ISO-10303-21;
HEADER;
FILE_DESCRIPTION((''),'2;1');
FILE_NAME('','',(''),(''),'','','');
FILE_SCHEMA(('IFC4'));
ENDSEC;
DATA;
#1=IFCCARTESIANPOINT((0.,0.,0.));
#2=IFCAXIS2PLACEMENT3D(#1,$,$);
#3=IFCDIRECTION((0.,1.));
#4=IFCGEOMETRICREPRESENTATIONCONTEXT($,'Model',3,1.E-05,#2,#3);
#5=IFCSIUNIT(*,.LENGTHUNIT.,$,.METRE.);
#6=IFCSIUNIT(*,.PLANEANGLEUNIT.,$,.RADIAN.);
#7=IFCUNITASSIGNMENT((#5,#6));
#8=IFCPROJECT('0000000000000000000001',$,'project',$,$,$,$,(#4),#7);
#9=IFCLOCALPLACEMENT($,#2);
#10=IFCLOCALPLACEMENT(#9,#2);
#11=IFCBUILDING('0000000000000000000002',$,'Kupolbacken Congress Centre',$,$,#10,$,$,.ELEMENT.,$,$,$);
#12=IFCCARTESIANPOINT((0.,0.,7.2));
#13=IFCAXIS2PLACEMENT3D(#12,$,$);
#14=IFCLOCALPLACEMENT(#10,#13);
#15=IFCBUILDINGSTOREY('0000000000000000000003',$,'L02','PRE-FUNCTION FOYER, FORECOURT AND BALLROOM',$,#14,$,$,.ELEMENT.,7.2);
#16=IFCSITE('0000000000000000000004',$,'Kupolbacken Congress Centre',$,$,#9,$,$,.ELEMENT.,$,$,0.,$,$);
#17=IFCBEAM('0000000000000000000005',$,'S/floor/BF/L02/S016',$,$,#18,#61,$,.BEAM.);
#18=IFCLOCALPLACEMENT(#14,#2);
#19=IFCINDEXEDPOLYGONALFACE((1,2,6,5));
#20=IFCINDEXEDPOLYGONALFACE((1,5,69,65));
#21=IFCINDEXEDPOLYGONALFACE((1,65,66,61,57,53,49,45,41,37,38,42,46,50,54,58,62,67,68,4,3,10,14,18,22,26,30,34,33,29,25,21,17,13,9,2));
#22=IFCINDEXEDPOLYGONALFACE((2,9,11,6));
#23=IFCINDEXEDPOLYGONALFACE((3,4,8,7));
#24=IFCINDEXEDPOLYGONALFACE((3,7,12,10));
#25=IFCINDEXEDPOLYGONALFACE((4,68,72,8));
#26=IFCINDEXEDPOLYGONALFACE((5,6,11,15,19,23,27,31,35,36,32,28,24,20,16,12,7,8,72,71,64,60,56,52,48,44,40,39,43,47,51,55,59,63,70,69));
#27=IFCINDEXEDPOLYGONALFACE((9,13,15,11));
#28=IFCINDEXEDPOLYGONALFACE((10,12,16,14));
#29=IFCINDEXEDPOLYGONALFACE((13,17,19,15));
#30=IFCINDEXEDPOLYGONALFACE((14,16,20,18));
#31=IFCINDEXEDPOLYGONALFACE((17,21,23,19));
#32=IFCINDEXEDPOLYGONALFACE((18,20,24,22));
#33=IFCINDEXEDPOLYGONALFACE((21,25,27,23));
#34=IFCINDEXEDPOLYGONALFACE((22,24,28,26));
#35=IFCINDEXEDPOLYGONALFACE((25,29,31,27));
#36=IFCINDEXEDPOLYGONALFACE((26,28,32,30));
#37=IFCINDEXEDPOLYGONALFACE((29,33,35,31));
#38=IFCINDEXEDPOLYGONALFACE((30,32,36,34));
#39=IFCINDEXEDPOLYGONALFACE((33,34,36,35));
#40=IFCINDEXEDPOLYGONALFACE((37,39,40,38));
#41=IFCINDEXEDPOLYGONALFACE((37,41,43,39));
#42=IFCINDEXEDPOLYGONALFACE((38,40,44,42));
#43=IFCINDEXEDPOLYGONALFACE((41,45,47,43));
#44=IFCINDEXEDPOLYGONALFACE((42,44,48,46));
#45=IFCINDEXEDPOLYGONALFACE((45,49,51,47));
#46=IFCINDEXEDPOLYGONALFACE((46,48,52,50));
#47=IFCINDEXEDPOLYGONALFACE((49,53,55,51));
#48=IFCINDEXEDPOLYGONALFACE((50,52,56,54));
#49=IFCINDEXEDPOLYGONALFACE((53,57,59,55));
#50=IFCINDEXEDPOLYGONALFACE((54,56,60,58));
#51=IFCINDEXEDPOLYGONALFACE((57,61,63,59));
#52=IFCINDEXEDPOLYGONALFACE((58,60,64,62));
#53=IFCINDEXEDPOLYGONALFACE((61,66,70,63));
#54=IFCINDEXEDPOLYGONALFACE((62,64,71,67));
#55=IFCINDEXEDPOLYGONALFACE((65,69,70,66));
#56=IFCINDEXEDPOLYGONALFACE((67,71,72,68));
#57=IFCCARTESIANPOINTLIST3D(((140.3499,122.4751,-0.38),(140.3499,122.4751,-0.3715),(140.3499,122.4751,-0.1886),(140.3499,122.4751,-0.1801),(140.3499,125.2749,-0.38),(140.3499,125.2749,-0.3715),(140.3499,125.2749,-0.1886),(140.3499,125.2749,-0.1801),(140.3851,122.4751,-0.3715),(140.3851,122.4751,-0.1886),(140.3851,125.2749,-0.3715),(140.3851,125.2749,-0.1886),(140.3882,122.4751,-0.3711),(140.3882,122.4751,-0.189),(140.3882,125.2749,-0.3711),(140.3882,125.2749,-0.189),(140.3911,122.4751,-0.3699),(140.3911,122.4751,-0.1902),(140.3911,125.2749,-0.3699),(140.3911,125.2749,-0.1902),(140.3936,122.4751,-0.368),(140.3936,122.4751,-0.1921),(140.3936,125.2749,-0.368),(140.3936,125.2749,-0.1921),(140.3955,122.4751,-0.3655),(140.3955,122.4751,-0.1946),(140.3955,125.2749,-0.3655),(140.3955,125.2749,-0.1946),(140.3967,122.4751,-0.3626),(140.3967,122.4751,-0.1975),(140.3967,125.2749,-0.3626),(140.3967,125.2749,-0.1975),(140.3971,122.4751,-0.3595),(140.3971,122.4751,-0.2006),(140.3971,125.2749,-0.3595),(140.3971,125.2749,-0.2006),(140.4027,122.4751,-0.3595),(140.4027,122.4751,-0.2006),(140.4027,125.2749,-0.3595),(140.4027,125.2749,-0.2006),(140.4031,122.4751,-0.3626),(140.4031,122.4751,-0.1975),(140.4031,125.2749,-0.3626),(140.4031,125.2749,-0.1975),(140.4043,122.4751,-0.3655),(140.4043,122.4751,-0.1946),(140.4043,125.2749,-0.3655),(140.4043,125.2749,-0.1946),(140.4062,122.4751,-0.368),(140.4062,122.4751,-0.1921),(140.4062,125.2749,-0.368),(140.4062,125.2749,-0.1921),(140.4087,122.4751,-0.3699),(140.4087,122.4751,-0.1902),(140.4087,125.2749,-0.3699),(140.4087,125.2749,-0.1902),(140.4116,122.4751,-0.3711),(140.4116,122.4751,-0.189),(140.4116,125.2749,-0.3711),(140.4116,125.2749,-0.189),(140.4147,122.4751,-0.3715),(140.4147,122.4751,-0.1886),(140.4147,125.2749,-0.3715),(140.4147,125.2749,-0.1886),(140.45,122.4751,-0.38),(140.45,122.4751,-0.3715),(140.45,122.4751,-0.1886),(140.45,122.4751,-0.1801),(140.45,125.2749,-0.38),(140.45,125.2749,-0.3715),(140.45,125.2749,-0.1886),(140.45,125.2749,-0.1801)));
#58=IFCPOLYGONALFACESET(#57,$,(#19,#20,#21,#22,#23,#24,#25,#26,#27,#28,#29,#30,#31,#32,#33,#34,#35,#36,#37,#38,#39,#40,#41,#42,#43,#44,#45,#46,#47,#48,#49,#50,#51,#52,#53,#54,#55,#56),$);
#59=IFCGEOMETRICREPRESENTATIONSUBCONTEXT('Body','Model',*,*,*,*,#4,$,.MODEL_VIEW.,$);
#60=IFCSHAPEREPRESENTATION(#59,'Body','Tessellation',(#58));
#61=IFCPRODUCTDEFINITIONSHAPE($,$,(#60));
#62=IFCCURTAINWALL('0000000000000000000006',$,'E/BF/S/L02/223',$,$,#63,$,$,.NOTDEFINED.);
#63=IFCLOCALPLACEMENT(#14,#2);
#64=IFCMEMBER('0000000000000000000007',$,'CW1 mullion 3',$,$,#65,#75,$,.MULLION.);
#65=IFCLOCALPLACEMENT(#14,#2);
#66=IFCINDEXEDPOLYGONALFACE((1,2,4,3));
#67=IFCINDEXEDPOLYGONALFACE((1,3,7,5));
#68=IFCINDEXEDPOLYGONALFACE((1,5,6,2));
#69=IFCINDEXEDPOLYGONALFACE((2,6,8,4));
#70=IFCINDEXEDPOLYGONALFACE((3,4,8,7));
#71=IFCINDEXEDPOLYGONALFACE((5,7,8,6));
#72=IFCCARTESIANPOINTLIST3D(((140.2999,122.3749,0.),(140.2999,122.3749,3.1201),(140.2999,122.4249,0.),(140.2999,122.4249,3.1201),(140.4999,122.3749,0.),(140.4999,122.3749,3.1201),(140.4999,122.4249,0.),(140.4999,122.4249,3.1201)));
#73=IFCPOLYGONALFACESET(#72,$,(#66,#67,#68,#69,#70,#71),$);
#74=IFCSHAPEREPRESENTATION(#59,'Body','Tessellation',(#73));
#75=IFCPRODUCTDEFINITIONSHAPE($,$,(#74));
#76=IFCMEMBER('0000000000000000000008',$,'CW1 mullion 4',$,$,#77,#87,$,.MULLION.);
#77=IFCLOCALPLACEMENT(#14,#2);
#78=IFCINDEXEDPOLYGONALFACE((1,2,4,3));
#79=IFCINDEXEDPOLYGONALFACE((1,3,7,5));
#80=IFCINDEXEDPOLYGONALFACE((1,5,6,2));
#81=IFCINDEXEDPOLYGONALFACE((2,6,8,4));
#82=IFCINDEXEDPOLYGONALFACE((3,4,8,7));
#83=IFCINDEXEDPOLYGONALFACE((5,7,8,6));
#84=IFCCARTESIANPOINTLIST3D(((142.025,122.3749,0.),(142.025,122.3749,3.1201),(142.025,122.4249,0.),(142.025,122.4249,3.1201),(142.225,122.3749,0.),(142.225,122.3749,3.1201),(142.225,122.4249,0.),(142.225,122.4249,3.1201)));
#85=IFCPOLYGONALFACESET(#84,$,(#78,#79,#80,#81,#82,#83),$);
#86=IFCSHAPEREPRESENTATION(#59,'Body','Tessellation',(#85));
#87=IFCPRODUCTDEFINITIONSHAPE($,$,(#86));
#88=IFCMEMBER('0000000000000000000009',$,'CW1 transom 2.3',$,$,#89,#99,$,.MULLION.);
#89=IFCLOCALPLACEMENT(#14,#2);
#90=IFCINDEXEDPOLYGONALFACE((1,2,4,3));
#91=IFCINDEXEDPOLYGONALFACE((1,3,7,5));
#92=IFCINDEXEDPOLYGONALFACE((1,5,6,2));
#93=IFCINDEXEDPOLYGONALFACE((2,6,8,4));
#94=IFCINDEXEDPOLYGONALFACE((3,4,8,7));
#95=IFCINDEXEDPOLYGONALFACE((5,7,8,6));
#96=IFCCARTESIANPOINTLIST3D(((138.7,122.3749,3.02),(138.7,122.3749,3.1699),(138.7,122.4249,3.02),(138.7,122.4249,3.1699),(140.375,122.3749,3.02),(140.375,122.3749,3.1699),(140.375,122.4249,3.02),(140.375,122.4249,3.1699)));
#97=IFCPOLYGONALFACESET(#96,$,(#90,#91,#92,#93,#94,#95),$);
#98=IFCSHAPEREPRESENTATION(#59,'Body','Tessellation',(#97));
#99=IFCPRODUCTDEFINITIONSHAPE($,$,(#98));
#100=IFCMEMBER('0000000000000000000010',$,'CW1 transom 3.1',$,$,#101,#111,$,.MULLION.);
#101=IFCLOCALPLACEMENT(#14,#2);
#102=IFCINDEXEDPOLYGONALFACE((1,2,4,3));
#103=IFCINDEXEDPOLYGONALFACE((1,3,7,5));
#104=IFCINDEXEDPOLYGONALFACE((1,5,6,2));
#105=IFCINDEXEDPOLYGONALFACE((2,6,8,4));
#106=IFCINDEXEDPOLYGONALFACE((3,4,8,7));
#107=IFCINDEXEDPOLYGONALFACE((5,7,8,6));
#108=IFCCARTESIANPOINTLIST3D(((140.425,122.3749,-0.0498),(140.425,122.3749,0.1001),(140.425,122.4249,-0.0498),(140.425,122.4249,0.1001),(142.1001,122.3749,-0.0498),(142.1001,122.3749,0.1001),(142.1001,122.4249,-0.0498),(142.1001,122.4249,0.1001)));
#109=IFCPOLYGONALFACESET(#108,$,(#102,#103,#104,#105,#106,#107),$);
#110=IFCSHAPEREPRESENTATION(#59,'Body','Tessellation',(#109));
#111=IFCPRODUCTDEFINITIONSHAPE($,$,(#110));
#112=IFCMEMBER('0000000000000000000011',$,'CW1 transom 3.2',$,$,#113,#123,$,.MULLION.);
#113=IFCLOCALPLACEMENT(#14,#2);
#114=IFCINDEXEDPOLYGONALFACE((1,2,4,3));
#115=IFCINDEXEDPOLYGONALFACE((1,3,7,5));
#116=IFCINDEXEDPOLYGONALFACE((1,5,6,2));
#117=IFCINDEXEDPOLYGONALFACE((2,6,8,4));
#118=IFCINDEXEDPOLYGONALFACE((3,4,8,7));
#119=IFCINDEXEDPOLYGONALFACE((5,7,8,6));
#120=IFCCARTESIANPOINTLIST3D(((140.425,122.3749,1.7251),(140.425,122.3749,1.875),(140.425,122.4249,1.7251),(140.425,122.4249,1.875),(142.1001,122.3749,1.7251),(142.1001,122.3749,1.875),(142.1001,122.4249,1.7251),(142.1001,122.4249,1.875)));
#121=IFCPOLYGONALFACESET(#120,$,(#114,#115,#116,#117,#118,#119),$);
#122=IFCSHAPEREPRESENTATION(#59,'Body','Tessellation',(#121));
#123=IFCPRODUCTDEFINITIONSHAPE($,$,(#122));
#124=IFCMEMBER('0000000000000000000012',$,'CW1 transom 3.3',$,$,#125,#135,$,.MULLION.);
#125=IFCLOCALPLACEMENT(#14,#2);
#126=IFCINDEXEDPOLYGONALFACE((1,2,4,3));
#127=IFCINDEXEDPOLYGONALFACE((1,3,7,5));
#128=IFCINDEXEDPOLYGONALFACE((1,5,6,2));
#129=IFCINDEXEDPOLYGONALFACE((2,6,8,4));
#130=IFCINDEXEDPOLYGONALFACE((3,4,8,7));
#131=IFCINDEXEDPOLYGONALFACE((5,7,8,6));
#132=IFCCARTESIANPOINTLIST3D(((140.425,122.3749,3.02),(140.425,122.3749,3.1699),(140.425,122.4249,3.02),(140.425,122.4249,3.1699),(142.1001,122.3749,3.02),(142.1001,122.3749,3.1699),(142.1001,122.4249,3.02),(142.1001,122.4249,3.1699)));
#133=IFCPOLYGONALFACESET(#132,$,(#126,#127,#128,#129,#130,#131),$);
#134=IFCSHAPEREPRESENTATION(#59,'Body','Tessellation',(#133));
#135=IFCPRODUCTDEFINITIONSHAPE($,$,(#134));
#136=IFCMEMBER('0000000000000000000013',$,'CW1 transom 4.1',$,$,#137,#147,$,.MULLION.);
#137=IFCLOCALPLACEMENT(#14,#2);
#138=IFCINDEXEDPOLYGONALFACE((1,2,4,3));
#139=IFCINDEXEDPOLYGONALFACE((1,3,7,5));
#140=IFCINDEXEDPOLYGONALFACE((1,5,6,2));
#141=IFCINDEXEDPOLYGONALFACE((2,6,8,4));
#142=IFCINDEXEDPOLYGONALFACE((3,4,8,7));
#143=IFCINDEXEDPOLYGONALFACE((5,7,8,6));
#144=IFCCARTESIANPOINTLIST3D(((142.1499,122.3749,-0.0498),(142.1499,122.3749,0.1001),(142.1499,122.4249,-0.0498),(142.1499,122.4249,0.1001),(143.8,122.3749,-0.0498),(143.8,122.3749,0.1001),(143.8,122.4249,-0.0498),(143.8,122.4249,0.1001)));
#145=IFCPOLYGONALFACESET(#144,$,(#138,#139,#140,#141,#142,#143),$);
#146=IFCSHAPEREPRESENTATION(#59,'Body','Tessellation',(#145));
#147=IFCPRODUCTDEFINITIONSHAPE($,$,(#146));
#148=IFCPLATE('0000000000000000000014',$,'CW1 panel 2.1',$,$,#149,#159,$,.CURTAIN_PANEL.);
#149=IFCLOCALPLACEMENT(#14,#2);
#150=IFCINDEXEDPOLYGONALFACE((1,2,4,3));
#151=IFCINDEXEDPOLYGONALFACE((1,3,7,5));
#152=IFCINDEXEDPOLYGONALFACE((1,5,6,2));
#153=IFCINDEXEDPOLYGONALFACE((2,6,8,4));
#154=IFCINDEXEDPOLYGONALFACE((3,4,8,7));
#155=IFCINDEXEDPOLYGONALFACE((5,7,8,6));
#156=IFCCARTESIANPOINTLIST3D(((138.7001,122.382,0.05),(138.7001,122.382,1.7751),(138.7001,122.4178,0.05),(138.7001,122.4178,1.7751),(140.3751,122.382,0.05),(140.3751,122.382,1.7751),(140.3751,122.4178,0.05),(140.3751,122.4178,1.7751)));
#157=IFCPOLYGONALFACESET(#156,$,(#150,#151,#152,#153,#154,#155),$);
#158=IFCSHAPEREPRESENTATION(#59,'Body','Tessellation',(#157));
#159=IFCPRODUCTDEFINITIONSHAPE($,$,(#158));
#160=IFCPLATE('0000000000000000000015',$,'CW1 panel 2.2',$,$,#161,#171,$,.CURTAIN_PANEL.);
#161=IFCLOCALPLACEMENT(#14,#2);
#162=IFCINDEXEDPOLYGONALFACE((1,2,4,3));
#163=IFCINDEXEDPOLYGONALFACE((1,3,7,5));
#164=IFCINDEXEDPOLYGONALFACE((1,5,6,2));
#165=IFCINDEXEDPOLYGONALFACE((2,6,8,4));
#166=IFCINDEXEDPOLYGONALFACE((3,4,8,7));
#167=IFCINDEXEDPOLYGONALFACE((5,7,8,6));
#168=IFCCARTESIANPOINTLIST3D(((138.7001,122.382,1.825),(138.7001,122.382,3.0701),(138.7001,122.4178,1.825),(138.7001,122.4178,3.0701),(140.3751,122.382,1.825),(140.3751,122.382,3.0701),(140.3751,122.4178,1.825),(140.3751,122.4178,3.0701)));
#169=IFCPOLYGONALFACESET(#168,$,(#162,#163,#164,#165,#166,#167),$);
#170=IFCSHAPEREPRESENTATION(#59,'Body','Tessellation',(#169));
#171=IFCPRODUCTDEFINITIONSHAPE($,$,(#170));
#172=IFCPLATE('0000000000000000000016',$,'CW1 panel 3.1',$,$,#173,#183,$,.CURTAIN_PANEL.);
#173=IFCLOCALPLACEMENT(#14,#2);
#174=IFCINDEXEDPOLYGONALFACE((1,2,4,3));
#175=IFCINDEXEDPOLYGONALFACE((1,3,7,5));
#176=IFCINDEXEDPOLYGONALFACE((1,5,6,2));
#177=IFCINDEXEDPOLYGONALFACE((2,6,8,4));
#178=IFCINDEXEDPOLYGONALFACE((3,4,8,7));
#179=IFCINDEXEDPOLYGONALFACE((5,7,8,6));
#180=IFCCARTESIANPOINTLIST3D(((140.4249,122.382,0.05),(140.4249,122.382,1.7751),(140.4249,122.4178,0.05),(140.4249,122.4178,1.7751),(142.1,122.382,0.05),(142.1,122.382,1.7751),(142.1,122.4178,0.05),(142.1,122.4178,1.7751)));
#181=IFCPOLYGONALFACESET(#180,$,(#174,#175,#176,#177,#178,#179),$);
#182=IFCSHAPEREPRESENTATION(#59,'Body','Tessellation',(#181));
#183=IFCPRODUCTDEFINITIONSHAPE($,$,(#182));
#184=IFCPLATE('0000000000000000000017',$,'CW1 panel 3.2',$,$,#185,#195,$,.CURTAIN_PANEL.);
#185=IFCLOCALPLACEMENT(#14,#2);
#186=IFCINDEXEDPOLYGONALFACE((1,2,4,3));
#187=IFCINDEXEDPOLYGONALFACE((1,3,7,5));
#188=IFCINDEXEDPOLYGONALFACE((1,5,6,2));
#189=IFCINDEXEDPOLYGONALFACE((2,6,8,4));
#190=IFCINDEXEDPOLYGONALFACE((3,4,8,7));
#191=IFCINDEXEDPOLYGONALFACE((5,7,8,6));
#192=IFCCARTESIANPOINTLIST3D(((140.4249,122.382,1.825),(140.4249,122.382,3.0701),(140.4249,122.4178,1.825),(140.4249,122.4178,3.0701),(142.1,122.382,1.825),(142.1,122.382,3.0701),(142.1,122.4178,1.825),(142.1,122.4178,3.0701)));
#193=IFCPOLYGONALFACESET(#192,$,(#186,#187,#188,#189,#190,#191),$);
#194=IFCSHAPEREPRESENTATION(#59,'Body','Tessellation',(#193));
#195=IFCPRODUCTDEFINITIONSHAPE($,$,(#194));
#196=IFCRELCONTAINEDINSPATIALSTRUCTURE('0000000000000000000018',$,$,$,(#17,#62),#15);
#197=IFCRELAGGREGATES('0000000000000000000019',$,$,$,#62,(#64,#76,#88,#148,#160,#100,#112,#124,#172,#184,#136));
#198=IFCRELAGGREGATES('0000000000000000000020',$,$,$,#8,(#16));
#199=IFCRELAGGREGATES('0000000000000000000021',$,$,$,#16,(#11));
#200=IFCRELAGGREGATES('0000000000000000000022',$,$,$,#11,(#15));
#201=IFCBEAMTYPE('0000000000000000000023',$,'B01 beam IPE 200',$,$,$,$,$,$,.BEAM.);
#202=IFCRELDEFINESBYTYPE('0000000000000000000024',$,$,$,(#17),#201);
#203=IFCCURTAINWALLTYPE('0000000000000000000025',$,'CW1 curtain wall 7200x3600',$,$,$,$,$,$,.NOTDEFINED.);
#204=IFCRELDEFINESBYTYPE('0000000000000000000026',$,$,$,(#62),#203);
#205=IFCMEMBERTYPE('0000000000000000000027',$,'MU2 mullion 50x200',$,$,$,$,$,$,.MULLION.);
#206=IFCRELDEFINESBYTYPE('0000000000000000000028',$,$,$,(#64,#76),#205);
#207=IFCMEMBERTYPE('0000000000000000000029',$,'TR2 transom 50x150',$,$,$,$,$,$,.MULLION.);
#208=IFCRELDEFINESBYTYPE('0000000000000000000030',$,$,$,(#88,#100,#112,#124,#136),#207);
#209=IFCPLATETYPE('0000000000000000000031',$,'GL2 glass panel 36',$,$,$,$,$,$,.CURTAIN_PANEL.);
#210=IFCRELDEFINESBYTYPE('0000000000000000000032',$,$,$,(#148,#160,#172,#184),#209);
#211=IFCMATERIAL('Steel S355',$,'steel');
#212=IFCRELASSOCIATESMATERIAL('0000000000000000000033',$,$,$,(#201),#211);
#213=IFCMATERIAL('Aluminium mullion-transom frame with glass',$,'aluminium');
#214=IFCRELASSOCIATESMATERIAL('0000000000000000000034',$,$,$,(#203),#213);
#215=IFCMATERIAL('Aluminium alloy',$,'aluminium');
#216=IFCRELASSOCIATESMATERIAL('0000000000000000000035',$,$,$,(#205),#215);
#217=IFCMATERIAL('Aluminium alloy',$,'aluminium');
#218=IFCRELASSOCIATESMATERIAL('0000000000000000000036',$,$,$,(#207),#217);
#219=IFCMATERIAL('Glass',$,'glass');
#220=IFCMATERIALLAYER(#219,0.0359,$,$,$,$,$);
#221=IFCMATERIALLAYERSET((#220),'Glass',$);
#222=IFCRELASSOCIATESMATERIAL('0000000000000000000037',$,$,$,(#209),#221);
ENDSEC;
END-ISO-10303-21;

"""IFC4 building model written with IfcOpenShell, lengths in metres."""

from ifc_helpers import new_model, si_unit, direction, frame, origin, origin_2d, place, context, subcontext, project, spatial, rectangle, i_section, extrude, material, layer, layer_set, material_profile, profile_set, type_object, element, aggregate, save


model = new_model("IFC4")

# Units and contexts
model_context = context("Model", 3, precision=1e-05, world=origin(), true_north=direction((0.0, 1.0)))
body_context = subcontext(model_context, "Body", "Model", "MODEL_VIEW")
ifc_project = project(units=[si_unit("LENGTHUNIT", "METRE"), si_unit("PLANEANGLEUNIT", "RADIAN")], contexts=[model_context])

# Site, building, storey
site_placement = place(None, origin())
site = spatial("IfcSite", under=ifc_project, at=site_placement, Name="Kupolbacken Congress Centre", CompositionType="ELEMENT", RefElevation=0.0)
building_placement = place(site_placement, origin())
building = spatial("IfcBuilding", under=site, at=building_placement, Name="Kupolbacken Congress Centre", CompositionType="ELEMENT")
storey_placement = place(building_placement, frame((0.0, 0.0, 7.2)))
storey = spatial("IfcBuildingStorey", under=building, at=storey_placement, Name="L02", Description="PRE-FUNCTION FOYER, FORECOURT AND BALLROOM", CompositionType="ELEMENT", Elevation=7.2)

# Beam
ifc_material_1 = material(Name="Steel S355", Category="steel")
ifc_material_profile_1 = material_profile(ifc_material_1, i_section(OverallWidth=0.1001, OverallDepth=0.2, WebThickness=0.0056, FlangeThickness=0.0085, FilletRadius=0.012, at=origin_2d()), Name="IPE 200")
ifc_profile_set_1 = profile_set([ifc_material_profile_1], Name="Steel S355")
beam_type = type_object("IfcBeamType", Name="B01 beam IPE 200", PredefinedType="BEAM", material=ifc_profile_set_1)
beam_placement = place(storey_placement, frame((140.3999, 122.4751, -0.28), z_axis=(0.0, 1.0, 0.0), x_axis=(-1.0, 0.0, 0.0)))
element("IfcBeam", 1, at=beam_placement, inside=storey, type_object=beam_type, Name="S/floor/BF/L02/S016", PredefinedType="BEAM", context=body_context, shape_type="SweptSolid", body=[
    extrude(i_section(OverallWidth=0.1001, OverallDepth=0.2, WebThickness=0.0056, FlangeThickness=0.0085, FilletRadius=0.012, at=origin_2d()), origin(), (0.0, 0.0, 1.0), 2.7998),
])

# Curtain wall, members, plates
ifc_material_2 = material(Name="Aluminium mullion-transom frame with glass", Category="aluminium")
curtain_wall_type = type_object("IfcCurtainWallType", Name="CW1 curtain wall 7200x3600", PredefinedType="NOTDEFINED", material=ifc_material_2)
curtain_wall_placement = place(storey_placement, origin())
curtain_wall = element("IfcCurtainWall", 2, at=curtain_wall_placement, inside=storey, type_object=curtain_wall_type, Name="E/BF/S/L02/223", PredefinedType="NOTDEFINED")
ifc_material_3 = material(Name="Aluminium alloy", Category="aluminium")
ifc_material_profile_2 = material_profile(ifc_material_3, rectangle(XDim=0.05, YDim=0.2, at=origin_2d()), Name="50 x 200")
ifc_profile_set_2 = profile_set([ifc_material_profile_2], Name="Aluminium alloy")
member_type_1 = type_object("IfcMemberType", Name="MU2 mullion 50x200", PredefinedType="MULLION", material=ifc_profile_set_2)
member_1_placement = place(storey_placement, frame((140.3999, 122.3999, 0.0), z_axis=(0.0, 0.0, 1.0), x_axis=(0.0, 1.0, 0.0)))
member_1 = element("IfcMember", 3, at=member_1_placement, type_object=member_type_1, Name="CW1 mullion 3", PredefinedType="MULLION", context=body_context, shape_type="SweptSolid", body=[
    extrude(rectangle(XDim=0.05, YDim=0.2, at=origin_2d()), origin(), (0.0, 0.0, 1.0), 3.1201),
])
member_2_placement = place(storey_placement, frame((142.125, 122.3999, 0.0), z_axis=(0.0, 0.0, 1.0), x_axis=(0.0, 1.0, 0.0)))
member_2 = element("IfcMember", 4, at=member_2_placement, type_object=member_type_1, Name="CW1 mullion 4", PredefinedType="MULLION", context=body_context, shape_type="SweptSolid", body=[
    extrude(rectangle(XDim=0.05, YDim=0.2, at=origin_2d()), origin(), (0.0, 0.0, 1.0), 3.1201),
])
ifc_material_4 = material(Name="Aluminium alloy", Category="aluminium")
ifc_material_profile_3 = material_profile(ifc_material_4, rectangle(XDim=0.05, YDim=0.1499, at=origin_2d()), Name="50 x 150")
ifc_profile_set_3 = profile_set([ifc_material_profile_3], Name="Aluminium alloy")
member_type_2 = type_object("IfcMemberType", Name="TR2 transom 50x150", PredefinedType="MULLION", material=ifc_profile_set_3)
member_3_placement = place(storey_placement, frame((138.7, 122.3999, 3.095), z_axis=(1.0, 0.0, 0.0), x_axis=(0.0, 1.0, 0.0)))
member_3 = element("IfcMember", 5, at=member_3_placement, type_object=member_type_2, Name="CW1 transom 2.3", PredefinedType="MULLION", context=body_context, shape_type="SweptSolid", body=[
    extrude(rectangle(XDim=0.05, YDim=0.1499, at=origin_2d()), origin(), (0.0, 0.0, 1.0), 1.675),
])
member_4_placement = place(storey_placement, frame((140.425, 122.3999, 0.0251), z_axis=(1.0, 0.0, 0.0), x_axis=(0.0, 1.0, 0.0)))
member_4 = element("IfcMember", 6, at=member_4_placement, type_object=member_type_2, Name="CW1 transom 3.1", PredefinedType="MULLION", context=body_context, shape_type="SweptSolid", body=[
    extrude(rectangle(XDim=0.05, YDim=0.1499, at=origin_2d()), origin(), (0.0, 0.0, 1.0), 1.675),
])
member_5_placement = place(storey_placement, frame((140.425, 122.3999, 1.8), z_axis=(1.0, 0.0, 0.0), x_axis=(0.0, 1.0, 0.0)))
member_5 = element("IfcMember", 7, at=member_5_placement, type_object=member_type_2, Name="CW1 transom 3.2", PredefinedType="MULLION", context=body_context, shape_type="SweptSolid", body=[
    extrude(rectangle(XDim=0.05, YDim=0.1499, at=origin_2d()), origin(), (0.0, 0.0, 1.0), 1.675),
])
member_6_placement = place(storey_placement, frame((140.425, 122.3999, 3.095), z_axis=(1.0, 0.0, 0.0), x_axis=(0.0, 1.0, 0.0)))
member_6 = element("IfcMember", 8, at=member_6_placement, type_object=member_type_2, Name="CW1 transom 3.3", PredefinedType="MULLION", context=body_context, shape_type="SweptSolid", body=[
    extrude(rectangle(XDim=0.05, YDim=0.1499, at=origin_2d()), origin(), (0.0, 0.0, 1.0), 1.675),
])
member_7_placement = place(storey_placement, frame((142.1499, 122.3999, 0.0251), z_axis=(1.0, 0.0, 0.0), x_axis=(0.0, 1.0, 0.0)))
member_7 = element("IfcMember", 9, at=member_7_placement, type_object=member_type_2, Name="CW1 transom 4.1", PredefinedType="MULLION", context=body_context, shape_type="SweptSolid", body=[
    extrude(rectangle(XDim=0.05, YDim=0.1499, at=origin_2d()), origin(), (0.0, 0.0, 1.0), 1.6501),
])
ifc_material_5 = material(Name="Glass", Category="glass")
ifc_layer_1 = layer(ifc_material_5, 0.0359)
ifc_layer_set_1 = layer_set([ifc_layer_1], Name="Glass")
plate_type = type_object("IfcPlateType", Name="GL2 glass panel 36", PredefinedType="CURTAIN_PANEL", material=ifc_layer_set_1)
plate_1_placement = place(storey_placement, frame((139.5376, 122.3999, 0.05), z_axis=(0.0, 0.0, 1.0), x_axis=(1.0, 0.0, 0.0)))
plate_1 = element("IfcPlate", 10, at=plate_1_placement, type_object=plate_type, Name="CW1 panel 2.1", PredefinedType="CURTAIN_PANEL", context=body_context, shape_type="SweptSolid", body=[
    extrude(rectangle(XDim=1.675, YDim=0.0359, at=origin_2d()), origin(), (0.0, 0.0, 1.0), 1.7251),
])
plate_2_placement = place(storey_placement, frame((139.5376, 122.3999, 1.825), z_axis=(0.0, 0.0, 1.0), x_axis=(1.0, 0.0, 0.0)))
plate_2 = element("IfcPlate", 11, at=plate_2_placement, type_object=plate_type, Name="CW1 panel 2.2", PredefinedType="CURTAIN_PANEL", context=body_context, shape_type="SweptSolid", body=[
    extrude(rectangle(XDim=1.675, YDim=0.0359, at=origin_2d()), origin(), (0.0, 0.0, 1.0), 1.2451),
])
plate_3_placement = place(storey_placement, frame((141.2625, 122.3999, 0.05), z_axis=(0.0, 0.0, 1.0), x_axis=(1.0, 0.0, 0.0)))
plate_3 = element("IfcPlate", 12, at=plate_3_placement, type_object=plate_type, Name="CW1 panel 3.1", PredefinedType="CURTAIN_PANEL", context=body_context, shape_type="SweptSolid", body=[
    extrude(rectangle(XDim=1.675, YDim=0.0359, at=origin_2d()), origin(), (0.0, 0.0, 1.0), 1.7251),
])
plate_4_placement = place(storey_placement, frame((141.2625, 122.3999, 1.825), z_axis=(0.0, 0.0, 1.0), x_axis=(1.0, 0.0, 0.0)))
plate_4 = element("IfcPlate", 13, at=plate_4_placement, type_object=plate_type, Name="CW1 panel 3.2", PredefinedType="CURTAIN_PANEL", context=body_context, shape_type="SweptSolid", body=[
    extrude(rectangle(XDim=1.675, YDim=0.0359, at=origin_2d()), origin(), (0.0, 0.0, 1.0), 1.2451),
])
aggregate(curtain_wall, [member_1, member_2, member_3, plate_1, plate_2, member_4, member_5, member_6, plate_3, plate_4, member_7])

save(model, "model.ifc")
